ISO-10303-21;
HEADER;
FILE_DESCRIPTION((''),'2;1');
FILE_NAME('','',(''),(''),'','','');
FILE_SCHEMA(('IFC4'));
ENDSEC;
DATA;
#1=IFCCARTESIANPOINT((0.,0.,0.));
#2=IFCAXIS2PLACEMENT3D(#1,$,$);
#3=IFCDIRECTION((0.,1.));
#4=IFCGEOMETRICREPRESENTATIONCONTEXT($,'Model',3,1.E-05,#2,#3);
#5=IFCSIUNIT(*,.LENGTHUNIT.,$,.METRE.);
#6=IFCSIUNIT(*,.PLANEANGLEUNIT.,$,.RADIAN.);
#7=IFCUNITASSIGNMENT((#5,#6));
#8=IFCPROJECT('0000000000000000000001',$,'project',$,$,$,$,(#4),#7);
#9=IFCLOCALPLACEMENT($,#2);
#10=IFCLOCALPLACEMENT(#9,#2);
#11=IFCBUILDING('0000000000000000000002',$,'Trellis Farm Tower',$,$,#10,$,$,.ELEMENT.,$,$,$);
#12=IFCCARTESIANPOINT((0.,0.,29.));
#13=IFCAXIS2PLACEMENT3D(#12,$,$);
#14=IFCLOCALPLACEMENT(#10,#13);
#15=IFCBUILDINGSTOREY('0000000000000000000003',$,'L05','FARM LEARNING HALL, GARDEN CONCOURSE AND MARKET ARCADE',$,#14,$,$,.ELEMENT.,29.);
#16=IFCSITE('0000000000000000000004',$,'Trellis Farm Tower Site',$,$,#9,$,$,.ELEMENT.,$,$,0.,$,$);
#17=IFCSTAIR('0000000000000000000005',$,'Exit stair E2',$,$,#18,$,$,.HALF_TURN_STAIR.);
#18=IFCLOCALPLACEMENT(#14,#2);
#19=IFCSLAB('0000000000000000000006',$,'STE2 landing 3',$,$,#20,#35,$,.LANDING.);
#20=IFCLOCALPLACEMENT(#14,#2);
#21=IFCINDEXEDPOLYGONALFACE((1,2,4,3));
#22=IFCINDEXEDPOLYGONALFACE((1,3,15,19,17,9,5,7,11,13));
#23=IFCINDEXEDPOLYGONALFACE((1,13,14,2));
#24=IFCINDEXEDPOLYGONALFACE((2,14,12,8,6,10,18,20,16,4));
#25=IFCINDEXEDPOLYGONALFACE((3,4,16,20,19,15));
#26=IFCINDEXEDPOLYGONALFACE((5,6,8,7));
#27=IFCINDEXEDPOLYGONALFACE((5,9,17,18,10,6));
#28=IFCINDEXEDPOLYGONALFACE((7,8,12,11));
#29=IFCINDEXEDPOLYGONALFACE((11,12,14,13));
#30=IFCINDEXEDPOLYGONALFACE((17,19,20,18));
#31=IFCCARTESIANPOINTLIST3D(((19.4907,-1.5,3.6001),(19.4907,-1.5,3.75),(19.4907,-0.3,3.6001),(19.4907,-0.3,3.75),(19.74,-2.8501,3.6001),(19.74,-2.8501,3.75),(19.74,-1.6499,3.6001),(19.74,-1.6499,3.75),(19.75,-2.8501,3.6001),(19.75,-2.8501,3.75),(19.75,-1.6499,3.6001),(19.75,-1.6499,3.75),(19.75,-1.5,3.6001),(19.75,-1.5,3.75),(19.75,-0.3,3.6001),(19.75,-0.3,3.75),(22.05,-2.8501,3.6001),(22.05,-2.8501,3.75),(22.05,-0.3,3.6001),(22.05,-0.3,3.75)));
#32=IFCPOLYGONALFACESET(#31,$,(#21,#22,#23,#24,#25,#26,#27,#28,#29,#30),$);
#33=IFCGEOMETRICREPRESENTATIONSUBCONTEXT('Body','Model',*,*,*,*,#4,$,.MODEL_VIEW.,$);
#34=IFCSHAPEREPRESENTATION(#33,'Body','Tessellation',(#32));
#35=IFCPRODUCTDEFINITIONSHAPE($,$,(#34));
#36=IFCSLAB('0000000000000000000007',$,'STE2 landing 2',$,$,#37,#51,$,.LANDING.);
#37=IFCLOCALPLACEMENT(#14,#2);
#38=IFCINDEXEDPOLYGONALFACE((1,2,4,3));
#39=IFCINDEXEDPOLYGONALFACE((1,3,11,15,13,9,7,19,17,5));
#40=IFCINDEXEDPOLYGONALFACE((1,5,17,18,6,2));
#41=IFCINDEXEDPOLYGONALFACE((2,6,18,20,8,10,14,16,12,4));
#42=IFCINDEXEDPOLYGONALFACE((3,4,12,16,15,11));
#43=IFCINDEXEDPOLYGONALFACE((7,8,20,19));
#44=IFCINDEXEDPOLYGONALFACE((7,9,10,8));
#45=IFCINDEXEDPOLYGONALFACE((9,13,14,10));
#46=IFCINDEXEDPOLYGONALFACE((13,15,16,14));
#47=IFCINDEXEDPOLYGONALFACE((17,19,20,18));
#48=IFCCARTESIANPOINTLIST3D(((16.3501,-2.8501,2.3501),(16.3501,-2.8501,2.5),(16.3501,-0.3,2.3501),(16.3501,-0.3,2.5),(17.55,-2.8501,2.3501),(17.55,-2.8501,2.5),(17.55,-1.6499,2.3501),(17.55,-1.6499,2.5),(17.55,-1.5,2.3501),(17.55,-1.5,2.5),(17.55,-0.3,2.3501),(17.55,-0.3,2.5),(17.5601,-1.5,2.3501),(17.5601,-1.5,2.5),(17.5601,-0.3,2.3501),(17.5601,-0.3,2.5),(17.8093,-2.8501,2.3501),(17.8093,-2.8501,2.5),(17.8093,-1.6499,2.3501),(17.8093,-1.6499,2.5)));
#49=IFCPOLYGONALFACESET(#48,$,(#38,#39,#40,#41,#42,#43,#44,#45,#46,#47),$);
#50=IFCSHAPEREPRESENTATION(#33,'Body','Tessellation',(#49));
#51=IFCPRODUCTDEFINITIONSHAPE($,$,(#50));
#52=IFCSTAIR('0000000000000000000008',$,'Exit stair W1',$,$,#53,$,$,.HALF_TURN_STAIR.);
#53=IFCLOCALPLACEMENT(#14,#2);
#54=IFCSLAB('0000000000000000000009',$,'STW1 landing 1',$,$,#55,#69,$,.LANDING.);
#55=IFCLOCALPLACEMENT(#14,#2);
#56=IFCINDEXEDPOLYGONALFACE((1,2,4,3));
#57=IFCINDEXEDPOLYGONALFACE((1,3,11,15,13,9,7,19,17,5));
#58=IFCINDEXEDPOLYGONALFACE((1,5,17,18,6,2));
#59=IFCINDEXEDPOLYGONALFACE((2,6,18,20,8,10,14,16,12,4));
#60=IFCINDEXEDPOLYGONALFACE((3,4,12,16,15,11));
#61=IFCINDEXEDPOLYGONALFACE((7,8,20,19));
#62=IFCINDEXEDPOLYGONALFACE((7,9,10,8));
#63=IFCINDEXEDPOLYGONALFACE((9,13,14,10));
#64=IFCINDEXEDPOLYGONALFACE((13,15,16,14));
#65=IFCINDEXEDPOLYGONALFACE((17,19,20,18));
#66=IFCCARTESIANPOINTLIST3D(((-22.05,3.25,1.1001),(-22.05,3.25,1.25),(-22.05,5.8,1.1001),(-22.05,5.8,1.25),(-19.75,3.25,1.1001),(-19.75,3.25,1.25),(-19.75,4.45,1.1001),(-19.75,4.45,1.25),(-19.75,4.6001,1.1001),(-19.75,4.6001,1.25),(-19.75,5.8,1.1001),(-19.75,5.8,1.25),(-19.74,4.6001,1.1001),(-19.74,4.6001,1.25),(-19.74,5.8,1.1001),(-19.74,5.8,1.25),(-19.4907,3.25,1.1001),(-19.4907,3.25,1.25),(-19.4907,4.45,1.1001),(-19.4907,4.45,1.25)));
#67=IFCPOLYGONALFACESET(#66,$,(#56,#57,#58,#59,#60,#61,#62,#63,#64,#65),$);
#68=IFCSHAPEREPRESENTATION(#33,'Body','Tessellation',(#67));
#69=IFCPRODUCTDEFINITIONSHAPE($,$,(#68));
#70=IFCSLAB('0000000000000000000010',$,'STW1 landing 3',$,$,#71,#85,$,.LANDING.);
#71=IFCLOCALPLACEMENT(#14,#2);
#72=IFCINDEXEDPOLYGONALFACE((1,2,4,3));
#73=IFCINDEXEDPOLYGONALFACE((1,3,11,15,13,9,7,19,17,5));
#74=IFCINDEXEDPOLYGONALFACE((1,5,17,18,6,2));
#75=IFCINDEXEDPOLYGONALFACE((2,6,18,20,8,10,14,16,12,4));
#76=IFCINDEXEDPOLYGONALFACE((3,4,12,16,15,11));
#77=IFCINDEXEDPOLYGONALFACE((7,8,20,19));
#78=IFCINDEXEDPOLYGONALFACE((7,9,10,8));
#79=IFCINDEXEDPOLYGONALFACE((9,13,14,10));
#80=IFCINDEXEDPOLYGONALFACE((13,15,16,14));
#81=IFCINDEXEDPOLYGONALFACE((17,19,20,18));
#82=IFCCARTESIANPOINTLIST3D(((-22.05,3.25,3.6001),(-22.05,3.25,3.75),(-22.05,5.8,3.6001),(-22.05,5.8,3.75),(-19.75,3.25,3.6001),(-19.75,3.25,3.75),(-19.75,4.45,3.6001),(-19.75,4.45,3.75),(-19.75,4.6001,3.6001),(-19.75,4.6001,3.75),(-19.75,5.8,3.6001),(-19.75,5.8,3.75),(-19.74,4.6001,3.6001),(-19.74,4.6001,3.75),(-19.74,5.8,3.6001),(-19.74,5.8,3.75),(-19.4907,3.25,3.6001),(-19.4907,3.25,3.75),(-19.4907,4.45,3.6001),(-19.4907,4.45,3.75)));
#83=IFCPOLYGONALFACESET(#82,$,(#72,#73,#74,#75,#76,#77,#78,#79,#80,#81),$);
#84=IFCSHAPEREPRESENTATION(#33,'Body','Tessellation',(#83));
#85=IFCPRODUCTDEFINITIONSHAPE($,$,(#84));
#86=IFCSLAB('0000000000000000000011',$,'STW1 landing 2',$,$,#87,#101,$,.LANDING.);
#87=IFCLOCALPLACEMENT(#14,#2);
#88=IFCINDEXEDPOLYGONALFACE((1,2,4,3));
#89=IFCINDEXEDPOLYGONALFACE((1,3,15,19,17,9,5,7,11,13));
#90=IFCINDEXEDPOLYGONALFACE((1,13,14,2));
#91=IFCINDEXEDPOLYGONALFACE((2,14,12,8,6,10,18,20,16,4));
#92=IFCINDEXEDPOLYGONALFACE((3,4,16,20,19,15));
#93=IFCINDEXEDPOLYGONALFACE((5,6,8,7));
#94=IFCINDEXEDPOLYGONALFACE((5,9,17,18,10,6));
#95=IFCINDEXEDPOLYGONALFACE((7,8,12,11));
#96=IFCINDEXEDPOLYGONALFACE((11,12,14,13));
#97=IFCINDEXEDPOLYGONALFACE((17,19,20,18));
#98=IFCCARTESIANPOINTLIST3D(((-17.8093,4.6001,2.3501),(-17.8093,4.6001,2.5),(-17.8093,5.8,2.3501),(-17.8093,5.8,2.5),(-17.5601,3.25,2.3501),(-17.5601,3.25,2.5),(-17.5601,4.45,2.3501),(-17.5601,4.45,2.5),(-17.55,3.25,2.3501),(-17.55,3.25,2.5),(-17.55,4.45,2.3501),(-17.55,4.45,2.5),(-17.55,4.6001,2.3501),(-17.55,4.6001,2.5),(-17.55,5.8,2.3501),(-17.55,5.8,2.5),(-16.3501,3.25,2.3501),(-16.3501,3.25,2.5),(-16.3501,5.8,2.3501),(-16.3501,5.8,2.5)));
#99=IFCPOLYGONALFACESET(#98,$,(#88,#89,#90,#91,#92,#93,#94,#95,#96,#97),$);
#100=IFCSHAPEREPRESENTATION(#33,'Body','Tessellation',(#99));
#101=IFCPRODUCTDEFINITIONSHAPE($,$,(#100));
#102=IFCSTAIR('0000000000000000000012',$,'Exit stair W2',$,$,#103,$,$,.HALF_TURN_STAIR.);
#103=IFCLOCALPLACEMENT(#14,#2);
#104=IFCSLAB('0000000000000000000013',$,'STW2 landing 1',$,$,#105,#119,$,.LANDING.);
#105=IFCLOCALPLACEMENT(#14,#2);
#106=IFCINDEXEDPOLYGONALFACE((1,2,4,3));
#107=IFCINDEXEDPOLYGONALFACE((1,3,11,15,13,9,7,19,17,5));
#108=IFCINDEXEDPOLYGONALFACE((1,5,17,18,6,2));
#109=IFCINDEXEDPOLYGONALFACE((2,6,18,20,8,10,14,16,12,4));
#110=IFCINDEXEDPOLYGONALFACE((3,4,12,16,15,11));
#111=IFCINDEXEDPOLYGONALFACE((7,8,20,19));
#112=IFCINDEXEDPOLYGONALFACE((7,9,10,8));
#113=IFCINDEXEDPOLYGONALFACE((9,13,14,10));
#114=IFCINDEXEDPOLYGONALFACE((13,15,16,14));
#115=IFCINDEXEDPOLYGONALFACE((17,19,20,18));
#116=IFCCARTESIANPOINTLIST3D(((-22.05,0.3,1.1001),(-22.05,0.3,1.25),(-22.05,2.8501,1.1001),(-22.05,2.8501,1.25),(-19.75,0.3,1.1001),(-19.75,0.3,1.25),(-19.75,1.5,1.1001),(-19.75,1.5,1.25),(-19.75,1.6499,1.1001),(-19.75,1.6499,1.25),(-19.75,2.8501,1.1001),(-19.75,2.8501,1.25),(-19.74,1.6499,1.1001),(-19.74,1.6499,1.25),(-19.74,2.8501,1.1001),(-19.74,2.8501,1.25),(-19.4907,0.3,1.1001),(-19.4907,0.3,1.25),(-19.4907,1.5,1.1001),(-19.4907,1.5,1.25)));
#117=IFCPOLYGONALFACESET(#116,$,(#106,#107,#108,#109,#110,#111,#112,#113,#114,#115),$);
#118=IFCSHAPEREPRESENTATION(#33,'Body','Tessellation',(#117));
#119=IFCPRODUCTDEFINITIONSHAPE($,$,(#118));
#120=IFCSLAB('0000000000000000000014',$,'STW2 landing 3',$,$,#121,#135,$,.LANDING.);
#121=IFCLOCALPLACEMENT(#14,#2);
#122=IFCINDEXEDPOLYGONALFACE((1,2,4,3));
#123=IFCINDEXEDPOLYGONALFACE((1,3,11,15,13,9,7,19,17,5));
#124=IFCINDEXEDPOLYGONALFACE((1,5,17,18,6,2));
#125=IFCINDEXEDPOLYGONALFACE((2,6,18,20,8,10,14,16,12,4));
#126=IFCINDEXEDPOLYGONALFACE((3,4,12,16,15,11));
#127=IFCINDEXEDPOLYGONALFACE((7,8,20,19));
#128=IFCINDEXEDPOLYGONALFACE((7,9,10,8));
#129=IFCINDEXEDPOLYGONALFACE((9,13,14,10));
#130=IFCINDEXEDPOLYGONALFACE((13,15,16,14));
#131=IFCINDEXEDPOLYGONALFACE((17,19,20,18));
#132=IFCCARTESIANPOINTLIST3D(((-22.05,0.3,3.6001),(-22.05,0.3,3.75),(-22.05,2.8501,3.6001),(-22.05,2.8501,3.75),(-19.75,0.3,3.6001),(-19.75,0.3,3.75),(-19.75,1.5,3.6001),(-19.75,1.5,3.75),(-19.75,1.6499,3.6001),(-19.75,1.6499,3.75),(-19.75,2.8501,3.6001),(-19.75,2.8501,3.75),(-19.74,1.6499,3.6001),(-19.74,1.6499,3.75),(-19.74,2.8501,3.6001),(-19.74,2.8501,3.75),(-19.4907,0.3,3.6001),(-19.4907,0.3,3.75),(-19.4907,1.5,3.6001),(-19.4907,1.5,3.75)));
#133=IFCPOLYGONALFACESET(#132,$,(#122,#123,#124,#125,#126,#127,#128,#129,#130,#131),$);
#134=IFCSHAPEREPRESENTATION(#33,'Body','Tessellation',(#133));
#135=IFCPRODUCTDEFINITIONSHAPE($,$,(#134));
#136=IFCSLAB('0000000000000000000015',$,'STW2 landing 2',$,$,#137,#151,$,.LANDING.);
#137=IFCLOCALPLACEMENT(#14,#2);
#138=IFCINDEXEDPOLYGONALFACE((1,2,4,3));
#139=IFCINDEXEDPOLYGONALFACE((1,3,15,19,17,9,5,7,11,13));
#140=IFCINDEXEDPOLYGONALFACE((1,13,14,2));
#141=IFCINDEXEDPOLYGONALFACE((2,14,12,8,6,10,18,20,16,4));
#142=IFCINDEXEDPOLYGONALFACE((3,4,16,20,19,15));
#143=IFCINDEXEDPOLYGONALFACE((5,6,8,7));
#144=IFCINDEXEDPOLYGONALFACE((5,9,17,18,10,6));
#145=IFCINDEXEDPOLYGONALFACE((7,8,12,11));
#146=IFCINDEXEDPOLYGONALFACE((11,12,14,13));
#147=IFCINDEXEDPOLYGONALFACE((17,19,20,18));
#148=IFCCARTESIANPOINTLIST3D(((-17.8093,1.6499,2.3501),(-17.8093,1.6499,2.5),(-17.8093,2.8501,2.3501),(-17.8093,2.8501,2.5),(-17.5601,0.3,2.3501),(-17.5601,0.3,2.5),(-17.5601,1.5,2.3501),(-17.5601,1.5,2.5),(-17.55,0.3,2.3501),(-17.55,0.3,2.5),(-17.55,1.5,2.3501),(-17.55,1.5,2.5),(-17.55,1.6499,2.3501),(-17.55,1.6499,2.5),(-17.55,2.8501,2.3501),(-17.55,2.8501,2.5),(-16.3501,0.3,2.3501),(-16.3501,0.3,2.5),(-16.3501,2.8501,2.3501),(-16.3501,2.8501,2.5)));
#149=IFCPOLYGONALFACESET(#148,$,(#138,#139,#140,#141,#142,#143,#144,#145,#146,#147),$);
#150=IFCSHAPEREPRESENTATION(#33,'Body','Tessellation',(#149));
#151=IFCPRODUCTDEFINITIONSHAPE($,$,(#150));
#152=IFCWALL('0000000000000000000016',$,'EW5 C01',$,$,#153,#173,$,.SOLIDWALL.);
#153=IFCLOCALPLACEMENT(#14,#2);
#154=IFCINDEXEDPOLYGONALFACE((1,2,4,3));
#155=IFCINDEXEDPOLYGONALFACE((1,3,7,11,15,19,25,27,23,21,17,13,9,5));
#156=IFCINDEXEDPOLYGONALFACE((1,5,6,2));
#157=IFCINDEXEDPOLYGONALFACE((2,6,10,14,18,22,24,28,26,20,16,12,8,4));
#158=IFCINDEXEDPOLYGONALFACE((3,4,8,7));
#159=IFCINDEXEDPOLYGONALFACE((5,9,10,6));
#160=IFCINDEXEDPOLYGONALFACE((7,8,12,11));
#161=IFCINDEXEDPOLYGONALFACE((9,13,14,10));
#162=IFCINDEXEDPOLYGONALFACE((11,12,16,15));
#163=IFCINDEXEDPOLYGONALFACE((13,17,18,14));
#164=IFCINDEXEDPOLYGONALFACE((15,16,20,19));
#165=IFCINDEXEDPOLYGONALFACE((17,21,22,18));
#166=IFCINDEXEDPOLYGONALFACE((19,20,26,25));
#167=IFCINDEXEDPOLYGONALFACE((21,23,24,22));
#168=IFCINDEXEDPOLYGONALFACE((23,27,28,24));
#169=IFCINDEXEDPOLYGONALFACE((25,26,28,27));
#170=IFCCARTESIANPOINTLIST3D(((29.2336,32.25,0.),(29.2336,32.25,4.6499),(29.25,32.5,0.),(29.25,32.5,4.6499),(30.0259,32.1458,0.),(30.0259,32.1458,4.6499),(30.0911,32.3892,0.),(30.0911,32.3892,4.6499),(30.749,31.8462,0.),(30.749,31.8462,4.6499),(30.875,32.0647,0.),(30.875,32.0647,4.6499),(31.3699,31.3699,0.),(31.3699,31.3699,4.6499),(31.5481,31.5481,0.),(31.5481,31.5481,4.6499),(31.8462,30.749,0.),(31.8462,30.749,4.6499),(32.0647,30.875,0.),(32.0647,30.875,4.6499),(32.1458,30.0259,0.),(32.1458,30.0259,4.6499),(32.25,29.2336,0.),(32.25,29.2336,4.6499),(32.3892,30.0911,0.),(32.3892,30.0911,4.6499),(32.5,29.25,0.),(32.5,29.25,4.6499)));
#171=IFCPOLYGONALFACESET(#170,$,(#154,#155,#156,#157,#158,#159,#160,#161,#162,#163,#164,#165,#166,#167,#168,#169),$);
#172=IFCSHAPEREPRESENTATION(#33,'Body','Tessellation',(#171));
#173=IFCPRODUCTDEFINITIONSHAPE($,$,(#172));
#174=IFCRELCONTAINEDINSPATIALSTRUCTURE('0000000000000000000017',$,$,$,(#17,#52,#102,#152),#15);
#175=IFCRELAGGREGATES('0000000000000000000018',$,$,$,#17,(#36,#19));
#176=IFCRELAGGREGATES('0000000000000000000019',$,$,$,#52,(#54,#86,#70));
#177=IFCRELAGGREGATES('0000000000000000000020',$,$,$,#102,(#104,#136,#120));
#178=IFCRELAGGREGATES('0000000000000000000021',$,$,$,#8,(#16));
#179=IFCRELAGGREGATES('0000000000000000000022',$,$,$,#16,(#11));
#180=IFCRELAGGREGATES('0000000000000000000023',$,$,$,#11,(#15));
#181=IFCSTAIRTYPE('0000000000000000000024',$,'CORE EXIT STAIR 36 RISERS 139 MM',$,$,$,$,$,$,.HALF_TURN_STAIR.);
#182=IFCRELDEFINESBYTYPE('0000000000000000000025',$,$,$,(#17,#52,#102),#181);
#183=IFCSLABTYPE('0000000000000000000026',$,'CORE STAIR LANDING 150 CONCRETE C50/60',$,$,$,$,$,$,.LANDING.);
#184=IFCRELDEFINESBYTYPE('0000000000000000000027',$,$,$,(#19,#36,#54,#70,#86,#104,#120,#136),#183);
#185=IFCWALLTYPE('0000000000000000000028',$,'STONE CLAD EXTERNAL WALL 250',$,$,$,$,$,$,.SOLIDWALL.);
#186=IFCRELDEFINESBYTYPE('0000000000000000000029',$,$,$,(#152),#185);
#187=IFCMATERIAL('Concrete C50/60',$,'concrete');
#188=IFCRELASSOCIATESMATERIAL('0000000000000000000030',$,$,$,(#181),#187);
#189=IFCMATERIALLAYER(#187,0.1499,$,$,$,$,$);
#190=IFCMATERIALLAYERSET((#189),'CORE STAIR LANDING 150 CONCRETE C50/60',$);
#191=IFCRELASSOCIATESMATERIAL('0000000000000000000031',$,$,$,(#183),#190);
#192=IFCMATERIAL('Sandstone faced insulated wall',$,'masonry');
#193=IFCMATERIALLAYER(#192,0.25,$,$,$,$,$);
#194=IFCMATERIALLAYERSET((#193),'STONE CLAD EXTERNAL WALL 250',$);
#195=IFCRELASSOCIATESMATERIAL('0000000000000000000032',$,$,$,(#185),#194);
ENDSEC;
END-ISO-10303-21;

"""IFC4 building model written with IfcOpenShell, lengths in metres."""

from ifc_helpers import new_model, si_unit, direction, frame, origin, place, context, subcontext, project, spatial, polyline, outline, extrude, source, transform, mapped, material, layer, layer_set, type_object, element, aggregate, save


model = new_model("IFC4")

# Units and contexts
model_context = context("Model", 3, precision=1e-05, world=origin(), true_north=direction((0.0, 1.0)))
body_context = subcontext(model_context, "Body", "Model", "MODEL_VIEW")
ifc_project = project(units=[si_unit("LENGTHUNIT", "METRE"), si_unit("PLANEANGLEUNIT", "RADIAN")], contexts=[model_context])

# Site, building, storey
site_placement = place(None, origin())
site = spatial("IfcSite", under=ifc_project, at=site_placement, Name="Trellis Farm Tower Site", CompositionType="ELEMENT", RefElevation=0.0)
building_placement = place(site_placement, origin())
building = spatial("IfcBuilding", under=site, at=building_placement, Name="Trellis Farm Tower", CompositionType="ELEMENT")
storey_placement = place(building_placement, frame((0.0, 0.0, 29.0)))
storey = spatial("IfcBuildingStorey", under=building, at=storey_placement, Name="L05", Description="FARM LEARNING HALL, GARDEN CONCOURSE AND MARKET ARCADE", CompositionType="ELEMENT", Elevation=29.0)

# Stairs, slabs
ifc_material_1 = material(Name="Concrete C50/60", Category="concrete")
stair_type = type_object("IfcStairType", Name="CORE EXIT STAIR 36 RISERS 139 MM", PredefinedType="HALF_TURN_STAIR", material=ifc_material_1)
placement_1 = place(storey_placement, origin())
stair_1 = element("IfcStair", 1, at=placement_1, inside=storey, type_object=stair_type, Name="Exit stair E2", PredefinedType="HALF_TURN_STAIR")
ifc_layer_1 = layer(ifc_material_1, 0.1499)
ifc_layer_set_1 = layer_set([ifc_layer_1], Name="CORE STAIR LANDING 150 CONCRETE C50/60")
slab_type = type_object("IfcSlabType", Name="CORE STAIR LANDING 150 CONCRETE C50/60", PredefinedType="LANDING", material=ifc_layer_set_1)
shared_shape_1 = source(origin(), body_context, "Body", "SweptSolid", [
    extrude(outline(polyline([(19.74, -2.8501), (19.74, -1.6499), (19.75, -1.6499), (19.75, -1.5), (19.4907, -1.5), (19.4907, -0.3), (19.75, -0.3), (22.05, -0.3), (22.05, -2.8501), (19.75, -2.8501), (19.74, -2.8501)])), origin(), (0.0, 0.0, 1.0), 0.1499),
])
placement_2 = place(storey_placement, frame((0.0, 0.0, 3.6001)))
slab_1 = element("IfcSlab", 2, at=placement_2, type_object=slab_type, Name="STE2 landing 3", PredefinedType="LANDING", context=body_context, shape_type="MappedRepresentation", body=[
    mapped(shared_shape_1, transform((0.0, 0.0, 0.0))),
])
shared_shape_2 = source(origin(), body_context, "Body", "SweptSolid", [
    extrude(outline(polyline([(17.8093, -1.6499), (17.8093, -2.8501), (17.55, -2.8501), (16.3501, -2.8501), (16.3501, -0.3), (17.55, -0.3), (17.5601, -0.3), (17.5601, -1.5), (17.55, -1.5), (17.55, -1.6499), (17.8093, -1.6499)])), origin(), (0.0, 0.0, 1.0), 0.1499),
])
placement_3 = place(storey_placement, frame((0.0, 0.0, 2.3501)))
slab_2 = element("IfcSlab", 3, at=placement_3, type_object=slab_type, Name="STE2 landing 2", PredefinedType="LANDING", context=body_context, shape_type="MappedRepresentation", body=[
    mapped(shared_shape_2, transform((0.0, 0.0, 0.0))),
])
aggregate(stair_1, [slab_2, slab_1])
stair_2 = element("IfcStair", 4, at=placement_1, inside=storey, type_object=stair_type, Name="Exit stair W1", PredefinedType="HALF_TURN_STAIR")
shared_shape_3 = source(origin(), body_context, "Body", "SweptSolid", [
    extrude(outline(polyline([(-19.4907, 4.45), (-19.4907, 3.25), (-19.75, 3.25), (-22.05, 3.25), (-22.05, 5.8), (-19.75, 5.8), (-19.74, 5.8), (-19.74, 4.6001), (-19.75, 4.6001), (-19.75, 4.45), (-19.4907, 4.45)])), origin(), (0.0, 0.0, 1.0), 0.1499),
])
placement_4 = place(storey_placement, frame((0.0, 0.0, 1.1001)))
slab_3 = element("IfcSlab", 5, at=placement_4, type_object=slab_type, Name="STW1 landing 1", PredefinedType="LANDING", context=body_context, shape_type="MappedRepresentation", body=[
    mapped(shared_shape_3, transform((0.0, 0.0, 0.0))),
])
slab_4 = element("IfcSlab", 6, at=placement_2, type_object=slab_type, Name="STW1 landing 3", PredefinedType="LANDING", context=body_context, shape_type="MappedRepresentation", body=[
    mapped(shared_shape_3, transform((0.0, 0.0, 0.0))),
])
shared_shape_4 = source(origin(), body_context, "Body", "SweptSolid", [
    extrude(outline(polyline([(-17.5601, 3.25), (-17.5601, 4.45), (-17.55, 4.45), (-17.55, 4.6001), (-17.8093, 4.6001), (-17.8093, 5.8), (-17.55, 5.8), (-16.3501, 5.8), (-16.3501, 3.25), (-17.55, 3.25), (-17.5601, 3.25)])), origin(), (0.0, 0.0, 1.0), 0.1499),
])
slab_5 = element("IfcSlab", 7, at=placement_3, type_object=slab_type, Name="STW1 landing 2", PredefinedType="LANDING", context=body_context, shape_type="MappedRepresentation", body=[
    mapped(shared_shape_4, transform((0.0, 0.0, 0.0))),
])
aggregate(stair_2, [slab_3, slab_5, slab_4])
stair_3 = element("IfcStair", 8, at=placement_1, inside=storey, type_object=stair_type, Name="Exit stair W2", PredefinedType="HALF_TURN_STAIR")
shared_shape_5 = source(origin(), body_context, "Body", "SweptSolid", [
    extrude(outline(polyline([(-19.4907, 1.5), (-19.4907, 0.3), (-19.75, 0.3), (-22.05, 0.3), (-22.05, 2.8501), (-19.75, 2.8501), (-19.74, 2.8501), (-19.74, 1.6499), (-19.75, 1.6499), (-19.75, 1.5), (-19.4907, 1.5)])), origin(), (0.0, 0.0, 1.0), 0.1499),
])
slab_6 = element("IfcSlab", 9, at=placement_4, type_object=slab_type, Name="STW2 landing 1", PredefinedType="LANDING", context=body_context, shape_type="MappedRepresentation", body=[
    mapped(shared_shape_5, transform((0.0, 0.0, 0.0))),
])
slab_7 = element("IfcSlab", 10, at=placement_2, type_object=slab_type, Name="STW2 landing 3", PredefinedType="LANDING", context=body_context, shape_type="MappedRepresentation", body=[
    mapped(shared_shape_5, transform((0.0, 0.0, 0.0))),
])
shared_shape_6 = source(origin(), body_context, "Body", "SweptSolid", [
    extrude(outline(polyline([(-17.5601, 0.3), (-17.5601, 1.5), (-17.55, 1.5), (-17.55, 1.6499), (-17.8093, 1.6499), (-17.8093, 2.8501), (-17.55, 2.8501), (-16.3501, 2.8501), (-16.3501, 0.3), (-17.55, 0.3), (-17.5601, 0.3)])), origin(), (0.0, 0.0, 1.0), 0.1499),
])
slab_8 = element("IfcSlab", 11, at=placement_3, type_object=slab_type, Name="STW2 landing 2", PredefinedType="LANDING", context=body_context, shape_type="MappedRepresentation", body=[
    mapped(shared_shape_6, transform((0.0, 0.0, 0.0))),
])
aggregate(stair_3, [slab_6, slab_8, slab_7])

# Wall
ifc_material_2 = material(Name="Sandstone faced insulated wall", Category="masonry")
ifc_layer_2 = layer(ifc_material_2, 0.25)
ifc_layer_set_2 = layer_set([ifc_layer_2], Name="STONE CLAD EXTERNAL WALL 250")
wall_type = type_object("IfcWallType", Name="STONE CLAD EXTERNAL WALL 250", PredefinedType="SOLIDWALL", material=ifc_layer_set_2)
element("IfcWall", 12, at=placement_1, inside=storey, type_object=wall_type, Name="EW5 C01", PredefinedType="SOLIDWALL", context=body_context, shape_type="SweptSolid", body=[
    extrude(outline(polyline([(32.5, 29.25), (32.3892, 30.0911), (32.0647, 30.875), (31.5481, 31.5481), (30.875, 32.0647), (30.0911, 32.3892), (29.25, 32.5), (29.2336, 32.25), (30.0259, 32.1458), (30.749, 31.8462), (31.3699, 31.3699), (31.8462, 30.749), (32.1458, 30.0259), (32.25, 29.2336), (32.5, 29.25)])), origin(), (0.0, 0.0, 1.0), 4.6499),
])

save(model, "model.ifc")
